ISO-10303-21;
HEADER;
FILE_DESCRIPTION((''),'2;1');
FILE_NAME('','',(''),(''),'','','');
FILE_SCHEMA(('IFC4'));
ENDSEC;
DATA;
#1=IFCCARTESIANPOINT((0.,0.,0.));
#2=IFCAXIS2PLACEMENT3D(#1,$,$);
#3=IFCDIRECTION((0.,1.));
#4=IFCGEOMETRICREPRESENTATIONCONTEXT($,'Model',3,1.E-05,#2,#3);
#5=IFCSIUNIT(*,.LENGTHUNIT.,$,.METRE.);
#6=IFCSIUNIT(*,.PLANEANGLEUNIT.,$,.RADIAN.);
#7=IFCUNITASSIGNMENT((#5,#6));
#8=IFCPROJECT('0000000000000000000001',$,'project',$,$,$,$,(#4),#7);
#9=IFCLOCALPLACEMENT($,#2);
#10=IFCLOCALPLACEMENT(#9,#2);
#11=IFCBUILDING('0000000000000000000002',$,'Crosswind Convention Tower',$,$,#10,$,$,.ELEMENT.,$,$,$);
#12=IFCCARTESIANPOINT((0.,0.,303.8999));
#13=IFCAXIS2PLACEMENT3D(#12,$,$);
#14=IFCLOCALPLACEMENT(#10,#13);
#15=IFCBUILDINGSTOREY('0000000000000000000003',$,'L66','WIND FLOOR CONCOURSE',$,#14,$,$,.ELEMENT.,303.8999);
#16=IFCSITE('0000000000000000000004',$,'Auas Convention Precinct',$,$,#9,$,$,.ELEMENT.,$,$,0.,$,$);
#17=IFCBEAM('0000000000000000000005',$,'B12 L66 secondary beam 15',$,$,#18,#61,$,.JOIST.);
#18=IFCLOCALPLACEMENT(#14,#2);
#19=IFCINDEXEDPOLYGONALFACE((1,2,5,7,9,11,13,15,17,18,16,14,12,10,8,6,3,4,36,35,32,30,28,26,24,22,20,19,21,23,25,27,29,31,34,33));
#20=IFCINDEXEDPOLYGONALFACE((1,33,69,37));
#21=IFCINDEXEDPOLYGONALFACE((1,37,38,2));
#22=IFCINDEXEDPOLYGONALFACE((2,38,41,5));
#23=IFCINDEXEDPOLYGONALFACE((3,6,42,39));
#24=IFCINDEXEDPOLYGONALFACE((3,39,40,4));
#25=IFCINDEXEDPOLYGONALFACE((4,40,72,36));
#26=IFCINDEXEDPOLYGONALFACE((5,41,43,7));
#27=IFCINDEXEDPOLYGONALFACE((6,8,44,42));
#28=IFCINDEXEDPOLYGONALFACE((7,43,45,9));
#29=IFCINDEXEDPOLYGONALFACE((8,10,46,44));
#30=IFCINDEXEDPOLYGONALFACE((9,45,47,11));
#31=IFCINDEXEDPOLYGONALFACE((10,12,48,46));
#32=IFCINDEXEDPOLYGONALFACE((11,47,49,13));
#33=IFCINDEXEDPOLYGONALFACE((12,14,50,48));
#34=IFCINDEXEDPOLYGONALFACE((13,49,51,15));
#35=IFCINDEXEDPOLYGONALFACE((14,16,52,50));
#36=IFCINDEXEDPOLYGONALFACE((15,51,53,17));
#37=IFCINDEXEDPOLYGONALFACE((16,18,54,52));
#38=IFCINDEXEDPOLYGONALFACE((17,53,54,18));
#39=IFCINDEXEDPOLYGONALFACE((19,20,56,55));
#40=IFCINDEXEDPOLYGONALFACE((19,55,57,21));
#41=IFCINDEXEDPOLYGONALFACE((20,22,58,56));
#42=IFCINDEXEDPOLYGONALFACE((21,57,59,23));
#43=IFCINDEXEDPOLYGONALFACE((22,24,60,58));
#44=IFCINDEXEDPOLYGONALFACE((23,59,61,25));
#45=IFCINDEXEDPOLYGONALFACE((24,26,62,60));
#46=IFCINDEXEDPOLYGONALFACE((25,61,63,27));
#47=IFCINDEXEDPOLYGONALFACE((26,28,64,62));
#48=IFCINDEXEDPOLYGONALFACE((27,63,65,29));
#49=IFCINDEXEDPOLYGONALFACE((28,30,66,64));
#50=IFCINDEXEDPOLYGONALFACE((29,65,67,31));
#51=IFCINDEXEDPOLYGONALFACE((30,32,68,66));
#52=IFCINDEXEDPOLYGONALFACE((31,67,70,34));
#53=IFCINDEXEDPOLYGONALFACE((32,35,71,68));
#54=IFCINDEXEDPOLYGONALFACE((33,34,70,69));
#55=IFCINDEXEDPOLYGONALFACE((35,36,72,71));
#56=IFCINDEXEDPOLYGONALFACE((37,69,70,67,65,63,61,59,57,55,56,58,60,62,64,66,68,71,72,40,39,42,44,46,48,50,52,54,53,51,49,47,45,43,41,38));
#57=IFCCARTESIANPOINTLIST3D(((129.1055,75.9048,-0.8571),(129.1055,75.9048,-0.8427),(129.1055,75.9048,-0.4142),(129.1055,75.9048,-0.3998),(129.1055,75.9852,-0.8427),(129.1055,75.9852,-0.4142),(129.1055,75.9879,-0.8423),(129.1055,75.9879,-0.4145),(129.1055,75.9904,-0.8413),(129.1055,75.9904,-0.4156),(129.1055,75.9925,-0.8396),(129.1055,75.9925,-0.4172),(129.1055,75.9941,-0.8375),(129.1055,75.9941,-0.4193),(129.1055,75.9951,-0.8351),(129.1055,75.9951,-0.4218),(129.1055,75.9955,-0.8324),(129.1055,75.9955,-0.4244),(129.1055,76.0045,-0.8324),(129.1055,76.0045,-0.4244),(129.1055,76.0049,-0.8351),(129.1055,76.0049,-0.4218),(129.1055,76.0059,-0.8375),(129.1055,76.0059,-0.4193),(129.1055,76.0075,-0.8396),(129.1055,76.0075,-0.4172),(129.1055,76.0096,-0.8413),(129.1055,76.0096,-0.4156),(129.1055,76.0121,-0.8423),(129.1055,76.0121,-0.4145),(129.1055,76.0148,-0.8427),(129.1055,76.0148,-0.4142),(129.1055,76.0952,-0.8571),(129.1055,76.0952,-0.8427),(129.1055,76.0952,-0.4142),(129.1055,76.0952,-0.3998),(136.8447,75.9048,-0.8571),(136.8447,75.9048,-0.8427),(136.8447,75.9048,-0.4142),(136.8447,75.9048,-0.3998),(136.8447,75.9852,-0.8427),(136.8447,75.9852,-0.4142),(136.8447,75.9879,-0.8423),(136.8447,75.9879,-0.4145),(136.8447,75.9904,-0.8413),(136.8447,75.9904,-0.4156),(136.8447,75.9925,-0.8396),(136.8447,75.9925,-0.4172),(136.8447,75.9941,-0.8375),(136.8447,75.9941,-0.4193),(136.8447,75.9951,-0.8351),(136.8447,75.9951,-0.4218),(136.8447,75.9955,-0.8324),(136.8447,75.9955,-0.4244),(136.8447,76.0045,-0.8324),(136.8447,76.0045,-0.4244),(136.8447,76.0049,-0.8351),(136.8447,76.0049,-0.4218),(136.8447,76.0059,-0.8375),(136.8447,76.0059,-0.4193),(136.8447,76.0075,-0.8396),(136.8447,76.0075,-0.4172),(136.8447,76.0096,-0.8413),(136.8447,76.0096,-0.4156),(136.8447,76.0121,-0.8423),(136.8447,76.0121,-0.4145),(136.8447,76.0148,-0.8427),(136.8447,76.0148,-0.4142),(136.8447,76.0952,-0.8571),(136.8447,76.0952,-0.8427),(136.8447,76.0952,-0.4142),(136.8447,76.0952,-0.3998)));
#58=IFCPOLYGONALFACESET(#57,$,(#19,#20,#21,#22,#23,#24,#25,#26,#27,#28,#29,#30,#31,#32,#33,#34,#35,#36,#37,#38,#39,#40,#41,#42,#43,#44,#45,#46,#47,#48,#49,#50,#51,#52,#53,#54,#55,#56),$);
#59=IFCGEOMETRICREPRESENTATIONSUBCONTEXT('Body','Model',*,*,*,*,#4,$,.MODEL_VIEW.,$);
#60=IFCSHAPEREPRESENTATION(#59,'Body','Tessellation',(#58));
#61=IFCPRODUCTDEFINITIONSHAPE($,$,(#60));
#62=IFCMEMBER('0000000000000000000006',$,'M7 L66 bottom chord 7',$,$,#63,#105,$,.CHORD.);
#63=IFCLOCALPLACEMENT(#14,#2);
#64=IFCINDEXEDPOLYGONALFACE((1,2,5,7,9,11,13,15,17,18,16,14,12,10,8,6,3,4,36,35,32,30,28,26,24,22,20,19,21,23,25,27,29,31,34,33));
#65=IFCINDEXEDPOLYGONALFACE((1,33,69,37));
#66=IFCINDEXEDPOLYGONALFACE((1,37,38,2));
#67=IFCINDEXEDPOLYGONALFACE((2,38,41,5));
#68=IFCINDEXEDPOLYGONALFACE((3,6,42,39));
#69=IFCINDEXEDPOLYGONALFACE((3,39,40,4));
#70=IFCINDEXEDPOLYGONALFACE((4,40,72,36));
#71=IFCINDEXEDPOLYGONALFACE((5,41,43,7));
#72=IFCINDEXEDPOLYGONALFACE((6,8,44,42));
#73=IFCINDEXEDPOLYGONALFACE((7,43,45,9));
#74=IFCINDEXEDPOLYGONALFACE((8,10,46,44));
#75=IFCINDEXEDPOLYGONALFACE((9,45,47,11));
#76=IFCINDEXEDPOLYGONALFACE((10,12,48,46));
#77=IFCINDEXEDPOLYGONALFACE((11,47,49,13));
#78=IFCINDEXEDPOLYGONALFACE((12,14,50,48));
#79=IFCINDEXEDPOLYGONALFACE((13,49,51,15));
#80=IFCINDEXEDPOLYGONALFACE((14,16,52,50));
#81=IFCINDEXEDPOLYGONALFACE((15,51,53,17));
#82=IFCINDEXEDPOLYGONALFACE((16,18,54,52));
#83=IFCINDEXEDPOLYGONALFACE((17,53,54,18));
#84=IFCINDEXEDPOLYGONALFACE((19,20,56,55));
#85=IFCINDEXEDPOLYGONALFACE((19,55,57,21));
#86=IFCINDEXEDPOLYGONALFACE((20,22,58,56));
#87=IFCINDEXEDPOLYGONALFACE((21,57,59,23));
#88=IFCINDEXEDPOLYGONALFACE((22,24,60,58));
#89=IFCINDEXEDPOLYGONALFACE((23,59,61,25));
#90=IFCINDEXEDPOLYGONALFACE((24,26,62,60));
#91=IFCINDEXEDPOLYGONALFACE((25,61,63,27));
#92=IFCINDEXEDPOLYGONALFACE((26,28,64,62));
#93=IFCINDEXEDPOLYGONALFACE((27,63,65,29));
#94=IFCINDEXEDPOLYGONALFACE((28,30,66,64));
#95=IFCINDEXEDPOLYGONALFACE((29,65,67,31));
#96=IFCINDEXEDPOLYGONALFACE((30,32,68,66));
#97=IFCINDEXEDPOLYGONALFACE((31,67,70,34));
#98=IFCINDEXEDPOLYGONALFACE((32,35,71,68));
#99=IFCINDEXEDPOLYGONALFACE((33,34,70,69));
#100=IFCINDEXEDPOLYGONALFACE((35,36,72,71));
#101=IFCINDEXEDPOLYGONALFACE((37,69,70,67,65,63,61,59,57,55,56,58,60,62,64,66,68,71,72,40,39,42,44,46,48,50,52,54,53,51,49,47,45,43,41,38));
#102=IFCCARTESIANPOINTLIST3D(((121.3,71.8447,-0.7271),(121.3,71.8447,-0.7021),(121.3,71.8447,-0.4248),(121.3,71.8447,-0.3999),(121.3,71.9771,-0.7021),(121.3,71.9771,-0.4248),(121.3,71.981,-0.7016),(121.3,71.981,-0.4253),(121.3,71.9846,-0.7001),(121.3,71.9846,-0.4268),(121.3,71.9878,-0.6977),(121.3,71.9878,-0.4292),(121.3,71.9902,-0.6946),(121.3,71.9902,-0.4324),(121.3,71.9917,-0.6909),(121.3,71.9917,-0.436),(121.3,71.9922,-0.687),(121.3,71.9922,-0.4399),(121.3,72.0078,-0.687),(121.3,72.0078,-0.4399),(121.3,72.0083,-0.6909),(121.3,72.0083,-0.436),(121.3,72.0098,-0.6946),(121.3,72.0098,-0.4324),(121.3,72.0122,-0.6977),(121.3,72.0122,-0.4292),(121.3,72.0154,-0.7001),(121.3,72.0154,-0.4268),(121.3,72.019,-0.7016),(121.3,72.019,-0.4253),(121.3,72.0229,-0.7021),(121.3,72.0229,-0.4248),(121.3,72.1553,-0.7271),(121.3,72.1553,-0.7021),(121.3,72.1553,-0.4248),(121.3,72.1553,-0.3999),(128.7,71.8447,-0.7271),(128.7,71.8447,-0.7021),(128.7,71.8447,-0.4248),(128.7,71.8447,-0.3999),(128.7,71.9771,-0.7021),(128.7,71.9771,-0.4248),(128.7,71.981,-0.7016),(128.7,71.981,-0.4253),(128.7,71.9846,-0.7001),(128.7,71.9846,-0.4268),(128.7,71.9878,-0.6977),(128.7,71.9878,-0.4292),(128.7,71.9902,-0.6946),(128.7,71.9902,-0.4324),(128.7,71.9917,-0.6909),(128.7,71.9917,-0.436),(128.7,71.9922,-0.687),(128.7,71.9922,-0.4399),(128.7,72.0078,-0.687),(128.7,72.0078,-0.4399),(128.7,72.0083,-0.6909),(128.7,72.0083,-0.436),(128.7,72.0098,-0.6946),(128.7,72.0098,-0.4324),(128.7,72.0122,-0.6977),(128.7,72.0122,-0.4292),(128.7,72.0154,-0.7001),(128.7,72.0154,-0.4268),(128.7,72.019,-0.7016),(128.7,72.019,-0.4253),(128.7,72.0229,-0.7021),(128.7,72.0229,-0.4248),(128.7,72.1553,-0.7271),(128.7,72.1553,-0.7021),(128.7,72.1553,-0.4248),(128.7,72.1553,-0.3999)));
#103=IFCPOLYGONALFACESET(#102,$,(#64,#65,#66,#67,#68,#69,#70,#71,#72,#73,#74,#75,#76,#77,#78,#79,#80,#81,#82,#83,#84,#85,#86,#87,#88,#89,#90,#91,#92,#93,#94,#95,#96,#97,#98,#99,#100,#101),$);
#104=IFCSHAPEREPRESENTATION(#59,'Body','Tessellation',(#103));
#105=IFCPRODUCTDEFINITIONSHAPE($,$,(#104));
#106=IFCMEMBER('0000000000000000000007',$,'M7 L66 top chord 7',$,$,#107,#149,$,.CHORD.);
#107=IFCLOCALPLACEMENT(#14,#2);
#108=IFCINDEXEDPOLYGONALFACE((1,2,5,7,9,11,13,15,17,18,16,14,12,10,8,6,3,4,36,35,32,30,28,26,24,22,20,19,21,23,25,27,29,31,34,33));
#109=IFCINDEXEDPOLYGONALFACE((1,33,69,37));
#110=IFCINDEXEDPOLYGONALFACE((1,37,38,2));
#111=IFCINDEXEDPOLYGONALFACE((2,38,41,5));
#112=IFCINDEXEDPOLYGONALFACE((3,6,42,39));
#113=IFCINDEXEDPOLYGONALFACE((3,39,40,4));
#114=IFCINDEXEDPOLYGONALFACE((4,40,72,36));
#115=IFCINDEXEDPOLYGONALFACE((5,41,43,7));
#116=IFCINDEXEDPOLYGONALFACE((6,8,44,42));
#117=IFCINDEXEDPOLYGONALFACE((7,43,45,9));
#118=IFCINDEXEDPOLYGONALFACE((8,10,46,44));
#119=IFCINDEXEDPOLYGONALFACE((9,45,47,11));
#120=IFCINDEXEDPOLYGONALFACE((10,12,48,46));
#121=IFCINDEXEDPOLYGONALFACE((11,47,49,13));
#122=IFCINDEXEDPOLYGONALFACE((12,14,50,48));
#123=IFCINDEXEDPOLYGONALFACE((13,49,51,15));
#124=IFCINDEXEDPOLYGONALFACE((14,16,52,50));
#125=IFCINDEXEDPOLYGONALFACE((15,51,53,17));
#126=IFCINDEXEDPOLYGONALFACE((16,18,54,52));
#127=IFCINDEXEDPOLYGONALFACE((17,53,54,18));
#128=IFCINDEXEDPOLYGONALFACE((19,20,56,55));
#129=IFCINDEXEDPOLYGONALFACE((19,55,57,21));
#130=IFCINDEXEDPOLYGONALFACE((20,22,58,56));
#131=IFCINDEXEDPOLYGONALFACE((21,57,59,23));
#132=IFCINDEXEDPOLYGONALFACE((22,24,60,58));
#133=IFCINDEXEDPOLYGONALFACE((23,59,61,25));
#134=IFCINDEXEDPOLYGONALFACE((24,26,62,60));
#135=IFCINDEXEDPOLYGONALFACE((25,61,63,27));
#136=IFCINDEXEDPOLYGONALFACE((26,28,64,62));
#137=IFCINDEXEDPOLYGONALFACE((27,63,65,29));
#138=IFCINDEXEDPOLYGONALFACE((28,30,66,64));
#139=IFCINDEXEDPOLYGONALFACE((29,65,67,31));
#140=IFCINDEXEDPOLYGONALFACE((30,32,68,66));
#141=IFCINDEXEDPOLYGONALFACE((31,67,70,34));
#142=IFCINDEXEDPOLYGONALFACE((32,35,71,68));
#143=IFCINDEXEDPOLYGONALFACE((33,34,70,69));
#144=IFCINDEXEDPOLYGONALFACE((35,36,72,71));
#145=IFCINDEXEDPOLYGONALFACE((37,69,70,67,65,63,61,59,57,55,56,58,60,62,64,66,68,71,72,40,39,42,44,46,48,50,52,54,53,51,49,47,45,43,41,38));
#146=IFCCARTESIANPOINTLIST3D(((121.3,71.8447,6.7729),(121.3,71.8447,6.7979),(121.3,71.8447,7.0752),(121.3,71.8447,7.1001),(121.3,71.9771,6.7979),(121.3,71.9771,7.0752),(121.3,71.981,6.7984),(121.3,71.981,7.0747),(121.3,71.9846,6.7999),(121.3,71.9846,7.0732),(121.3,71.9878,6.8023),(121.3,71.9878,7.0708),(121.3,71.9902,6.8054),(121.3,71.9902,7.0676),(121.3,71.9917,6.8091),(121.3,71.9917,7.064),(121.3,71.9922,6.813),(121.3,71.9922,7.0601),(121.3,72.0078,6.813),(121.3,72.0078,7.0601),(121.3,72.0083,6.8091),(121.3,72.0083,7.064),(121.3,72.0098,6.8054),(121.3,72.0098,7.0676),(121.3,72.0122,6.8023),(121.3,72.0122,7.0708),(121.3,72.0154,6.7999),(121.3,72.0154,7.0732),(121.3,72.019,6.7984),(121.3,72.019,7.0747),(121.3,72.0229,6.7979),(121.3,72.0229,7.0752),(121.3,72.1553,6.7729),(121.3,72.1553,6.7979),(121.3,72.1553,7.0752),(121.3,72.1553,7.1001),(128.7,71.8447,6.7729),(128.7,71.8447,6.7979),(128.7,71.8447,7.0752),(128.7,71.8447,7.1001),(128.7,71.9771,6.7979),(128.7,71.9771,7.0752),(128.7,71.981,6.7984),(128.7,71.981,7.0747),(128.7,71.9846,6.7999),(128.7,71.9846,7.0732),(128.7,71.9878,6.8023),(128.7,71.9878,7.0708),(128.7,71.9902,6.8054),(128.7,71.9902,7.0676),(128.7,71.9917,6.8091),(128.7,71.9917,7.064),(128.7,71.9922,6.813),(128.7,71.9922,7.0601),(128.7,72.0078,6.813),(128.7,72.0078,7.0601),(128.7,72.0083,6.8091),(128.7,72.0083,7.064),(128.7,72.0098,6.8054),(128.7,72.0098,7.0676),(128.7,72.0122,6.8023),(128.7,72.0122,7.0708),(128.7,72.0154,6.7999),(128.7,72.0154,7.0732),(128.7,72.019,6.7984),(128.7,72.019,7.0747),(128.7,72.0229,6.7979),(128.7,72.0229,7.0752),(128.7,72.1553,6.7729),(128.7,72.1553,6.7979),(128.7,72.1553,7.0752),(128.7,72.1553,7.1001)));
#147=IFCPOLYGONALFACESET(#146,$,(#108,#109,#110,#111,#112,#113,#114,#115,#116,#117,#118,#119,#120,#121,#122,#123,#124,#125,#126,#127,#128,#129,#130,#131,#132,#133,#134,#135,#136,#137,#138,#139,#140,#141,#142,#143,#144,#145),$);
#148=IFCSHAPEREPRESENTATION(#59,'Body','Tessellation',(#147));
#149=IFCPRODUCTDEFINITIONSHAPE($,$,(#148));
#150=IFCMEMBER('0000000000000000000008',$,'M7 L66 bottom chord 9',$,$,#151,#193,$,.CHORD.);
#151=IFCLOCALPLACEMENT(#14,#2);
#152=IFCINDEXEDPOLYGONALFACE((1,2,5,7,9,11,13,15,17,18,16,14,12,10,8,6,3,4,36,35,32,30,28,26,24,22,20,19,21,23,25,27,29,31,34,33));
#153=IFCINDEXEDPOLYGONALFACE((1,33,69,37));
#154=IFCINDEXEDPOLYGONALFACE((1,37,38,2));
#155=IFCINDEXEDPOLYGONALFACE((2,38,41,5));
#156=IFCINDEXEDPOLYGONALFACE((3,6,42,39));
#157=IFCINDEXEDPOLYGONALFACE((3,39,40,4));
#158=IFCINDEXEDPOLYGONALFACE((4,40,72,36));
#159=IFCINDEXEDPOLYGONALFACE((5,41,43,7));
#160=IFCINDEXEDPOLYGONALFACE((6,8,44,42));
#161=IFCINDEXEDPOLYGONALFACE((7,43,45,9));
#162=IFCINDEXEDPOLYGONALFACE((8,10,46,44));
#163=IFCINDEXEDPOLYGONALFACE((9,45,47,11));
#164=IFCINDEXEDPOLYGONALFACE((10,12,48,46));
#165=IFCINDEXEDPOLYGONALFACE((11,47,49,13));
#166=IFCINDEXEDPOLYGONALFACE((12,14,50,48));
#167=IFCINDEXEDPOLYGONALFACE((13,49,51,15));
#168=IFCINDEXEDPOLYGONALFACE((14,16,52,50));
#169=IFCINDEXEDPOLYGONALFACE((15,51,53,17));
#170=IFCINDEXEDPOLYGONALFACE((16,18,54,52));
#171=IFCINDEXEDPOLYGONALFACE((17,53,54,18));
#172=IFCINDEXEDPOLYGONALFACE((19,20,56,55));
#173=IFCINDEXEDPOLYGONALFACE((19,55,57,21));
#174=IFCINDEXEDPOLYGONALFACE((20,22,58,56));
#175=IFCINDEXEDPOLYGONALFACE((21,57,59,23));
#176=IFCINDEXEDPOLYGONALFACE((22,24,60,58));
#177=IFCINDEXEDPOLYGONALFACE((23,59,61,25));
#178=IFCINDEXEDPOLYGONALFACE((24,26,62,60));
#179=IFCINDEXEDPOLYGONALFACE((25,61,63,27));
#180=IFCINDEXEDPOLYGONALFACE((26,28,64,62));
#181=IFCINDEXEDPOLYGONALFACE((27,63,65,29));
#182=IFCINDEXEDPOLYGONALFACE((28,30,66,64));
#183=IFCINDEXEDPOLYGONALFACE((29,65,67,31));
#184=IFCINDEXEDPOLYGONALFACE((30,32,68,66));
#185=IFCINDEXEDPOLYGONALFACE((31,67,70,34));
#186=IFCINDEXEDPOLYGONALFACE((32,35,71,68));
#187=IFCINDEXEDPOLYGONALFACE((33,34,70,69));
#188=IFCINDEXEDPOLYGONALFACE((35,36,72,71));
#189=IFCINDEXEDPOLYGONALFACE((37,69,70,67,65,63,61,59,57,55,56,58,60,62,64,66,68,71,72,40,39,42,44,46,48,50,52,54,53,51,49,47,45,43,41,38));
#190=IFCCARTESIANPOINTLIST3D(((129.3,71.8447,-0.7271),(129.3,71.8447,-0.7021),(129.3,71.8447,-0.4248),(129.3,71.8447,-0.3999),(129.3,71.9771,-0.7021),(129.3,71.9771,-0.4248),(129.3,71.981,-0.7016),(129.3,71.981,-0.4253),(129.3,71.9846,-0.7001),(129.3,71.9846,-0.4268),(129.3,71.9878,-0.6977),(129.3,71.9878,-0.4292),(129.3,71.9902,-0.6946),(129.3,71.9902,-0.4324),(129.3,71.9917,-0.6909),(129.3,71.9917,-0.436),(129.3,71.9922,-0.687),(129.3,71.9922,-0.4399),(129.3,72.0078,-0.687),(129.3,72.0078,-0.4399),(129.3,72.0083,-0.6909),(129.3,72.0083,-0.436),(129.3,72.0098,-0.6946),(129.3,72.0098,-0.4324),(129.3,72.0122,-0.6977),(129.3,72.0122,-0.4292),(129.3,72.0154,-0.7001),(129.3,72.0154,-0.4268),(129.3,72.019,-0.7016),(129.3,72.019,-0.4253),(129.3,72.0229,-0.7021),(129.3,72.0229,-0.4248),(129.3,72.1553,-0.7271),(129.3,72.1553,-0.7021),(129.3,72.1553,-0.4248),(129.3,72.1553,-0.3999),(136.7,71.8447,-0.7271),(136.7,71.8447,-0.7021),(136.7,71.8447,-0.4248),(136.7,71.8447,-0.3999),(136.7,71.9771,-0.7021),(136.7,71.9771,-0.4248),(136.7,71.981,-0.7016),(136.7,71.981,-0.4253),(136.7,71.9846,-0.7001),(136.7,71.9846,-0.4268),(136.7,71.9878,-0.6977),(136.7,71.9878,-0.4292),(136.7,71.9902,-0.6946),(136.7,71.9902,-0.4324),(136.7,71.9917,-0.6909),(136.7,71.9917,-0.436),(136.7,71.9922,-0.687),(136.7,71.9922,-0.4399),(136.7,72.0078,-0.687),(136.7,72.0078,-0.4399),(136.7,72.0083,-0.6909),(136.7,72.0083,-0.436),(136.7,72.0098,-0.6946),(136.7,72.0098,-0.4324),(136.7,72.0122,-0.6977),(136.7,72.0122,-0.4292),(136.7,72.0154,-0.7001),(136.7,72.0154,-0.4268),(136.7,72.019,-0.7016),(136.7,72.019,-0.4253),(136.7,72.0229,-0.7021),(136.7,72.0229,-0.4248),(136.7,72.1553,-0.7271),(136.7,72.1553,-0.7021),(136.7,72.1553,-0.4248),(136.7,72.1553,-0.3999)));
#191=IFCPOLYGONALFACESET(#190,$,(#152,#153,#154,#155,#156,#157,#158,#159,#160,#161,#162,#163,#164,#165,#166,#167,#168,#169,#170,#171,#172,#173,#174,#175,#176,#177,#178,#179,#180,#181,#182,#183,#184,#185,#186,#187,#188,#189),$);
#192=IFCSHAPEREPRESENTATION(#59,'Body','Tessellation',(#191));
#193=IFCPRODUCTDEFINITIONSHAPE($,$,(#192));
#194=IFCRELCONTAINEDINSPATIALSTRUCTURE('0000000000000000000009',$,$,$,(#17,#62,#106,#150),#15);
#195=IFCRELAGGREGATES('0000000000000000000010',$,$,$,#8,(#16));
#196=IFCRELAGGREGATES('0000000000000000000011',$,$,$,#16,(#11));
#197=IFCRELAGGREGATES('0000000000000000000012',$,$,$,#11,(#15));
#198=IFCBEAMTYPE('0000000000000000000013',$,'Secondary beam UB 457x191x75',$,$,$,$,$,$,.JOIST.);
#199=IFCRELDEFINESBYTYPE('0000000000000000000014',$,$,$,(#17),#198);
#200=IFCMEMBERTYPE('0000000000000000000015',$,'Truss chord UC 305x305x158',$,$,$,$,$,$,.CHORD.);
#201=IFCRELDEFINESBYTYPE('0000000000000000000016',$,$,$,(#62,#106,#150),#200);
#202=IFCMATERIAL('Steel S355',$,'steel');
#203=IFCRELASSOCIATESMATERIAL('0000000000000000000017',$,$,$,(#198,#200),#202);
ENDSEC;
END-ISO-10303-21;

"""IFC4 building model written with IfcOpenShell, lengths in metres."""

from ifc_helpers import new_model, si_unit, direction, frame, origin, origin_2d, place, context, subcontext, project, spatial, i_section, extrude, material, material_profile, profile_set, type_object, element, save


model = new_model("IFC4")

# Units and contexts
model_context = context("Model", 3, precision=1e-05, world=origin(), true_north=direction((0.0, 1.0)))
body_context = subcontext(model_context, "Body", "Model", "MODEL_VIEW")
ifc_project = project(units=[si_unit("LENGTHUNIT", "METRE"), si_unit("PLANEANGLEUNIT", "RADIAN")], contexts=[model_context])

# Site, building, storey
site_placement = place(None, origin())
site = spatial("IfcSite", under=ifc_project, at=site_placement, Name="Auas Convention Precinct", CompositionType="ELEMENT", RefElevation=0.0)
building_placement = place(site_placement, origin())
building = spatial("IfcBuilding", under=site, at=building_placement, Name="Crosswind Convention Tower", CompositionType="ELEMENT")
storey_placement = place(building_placement, frame((0.0, 0.0, 303.8999)))
storey = spatial("IfcBuildingStorey", under=building, at=storey_placement, Name="L66", Description="WIND FLOOR CONCOURSE", CompositionType="ELEMENT", Elevation=303.8999)

# Beam
ifc_material_1 = material(Name="Steel S355", Category="steel")
ifc_material_profile_1 = material_profile(ifc_material_1, i_section(OverallWidth=0.1904, OverallDepth=0.4573, WebThickness=0.009, FlangeThickness=0.0144, FilletRadius=0.0103, at=origin_2d()), Name="UB 457x191x75")
ifc_profile_set_1 = profile_set([ifc_material_profile_1], Name="Steel S355")
beam_type_1 = type_object("IfcBeamType", Name="Secondary beam UB 457x191x75", PredefinedType="JOIST", material=ifc_profile_set_1)
beam_placement = place(storey_placement, frame((129.1055, 76.0, -0.6284), z_axis=(1.0, 0.0, 0.0), x_axis=(0.0, 1.0, 0.0)))
element("IfcBeam", 1, at=beam_placement, inside=storey, type_object=beam_type_1, Name="B12 L66 secondary beam 15", PredefinedType="JOIST", context=body_context, shape_type="SweptSolid", body=[
    extrude(i_section(OverallWidth=0.1904, OverallDepth=0.4573, WebThickness=0.009, FlangeThickness=0.0144, FilletRadius=0.0103, at=origin_2d()), origin(), (0.0, 0.0, 1.0), 7.7393),
])

# Members
ifc_material_profile_2 = material_profile(ifc_material_1, i_section(OverallWidth=0.3105, OverallDepth=0.3271, WebThickness=0.0156, FlangeThickness=0.0249, FilletRadius=0.0151, at=origin_2d()), Name="UC 305x305x158")
ifc_profile_set_2 = profile_set([ifc_material_profile_2], Name="Steel S355")
member_type_1 = type_object("IfcMemberType", Name="Truss chord UC 305x305x158", PredefinedType="CHORD", material=ifc_profile_set_2)
for number, where, z_axis, x_axis, name in (
    (2, (121.3, 72.0, -0.5635), (1.0, 0.0, 0.0), (0.0, 1.0, 0.0), "M7 L66 bottom chord 7"),
    (3, (121.3, 72.0, 6.9365), (1.0, 0.0, 0.0), (0.0, 1.0, 0.0), "M7 L66 top chord 7"),
    (4, (129.3, 72.0, -0.5635), (1.0, 0.0, 0.0), (0.0, 1.0, 0.0), "M7 L66 bottom chord 9"),
):
    element("IfcMember", number, at=place(storey_placement, frame(where, z_axis=z_axis, x_axis=x_axis)), inside=storey, type_object=member_type_1, Name=name, PredefinedType="CHORD", context=body_context, shape_type="SweptSolid", body=[
        extrude(i_section(OverallWidth=0.3105, OverallDepth=0.3271, WebThickness=0.0156, FlangeThickness=0.0249, FilletRadius=0.0151, at=origin_2d()), origin(), (0.0, 0.0, 1.0), 7.3999),
    ])

save(model, "model.ifc")
